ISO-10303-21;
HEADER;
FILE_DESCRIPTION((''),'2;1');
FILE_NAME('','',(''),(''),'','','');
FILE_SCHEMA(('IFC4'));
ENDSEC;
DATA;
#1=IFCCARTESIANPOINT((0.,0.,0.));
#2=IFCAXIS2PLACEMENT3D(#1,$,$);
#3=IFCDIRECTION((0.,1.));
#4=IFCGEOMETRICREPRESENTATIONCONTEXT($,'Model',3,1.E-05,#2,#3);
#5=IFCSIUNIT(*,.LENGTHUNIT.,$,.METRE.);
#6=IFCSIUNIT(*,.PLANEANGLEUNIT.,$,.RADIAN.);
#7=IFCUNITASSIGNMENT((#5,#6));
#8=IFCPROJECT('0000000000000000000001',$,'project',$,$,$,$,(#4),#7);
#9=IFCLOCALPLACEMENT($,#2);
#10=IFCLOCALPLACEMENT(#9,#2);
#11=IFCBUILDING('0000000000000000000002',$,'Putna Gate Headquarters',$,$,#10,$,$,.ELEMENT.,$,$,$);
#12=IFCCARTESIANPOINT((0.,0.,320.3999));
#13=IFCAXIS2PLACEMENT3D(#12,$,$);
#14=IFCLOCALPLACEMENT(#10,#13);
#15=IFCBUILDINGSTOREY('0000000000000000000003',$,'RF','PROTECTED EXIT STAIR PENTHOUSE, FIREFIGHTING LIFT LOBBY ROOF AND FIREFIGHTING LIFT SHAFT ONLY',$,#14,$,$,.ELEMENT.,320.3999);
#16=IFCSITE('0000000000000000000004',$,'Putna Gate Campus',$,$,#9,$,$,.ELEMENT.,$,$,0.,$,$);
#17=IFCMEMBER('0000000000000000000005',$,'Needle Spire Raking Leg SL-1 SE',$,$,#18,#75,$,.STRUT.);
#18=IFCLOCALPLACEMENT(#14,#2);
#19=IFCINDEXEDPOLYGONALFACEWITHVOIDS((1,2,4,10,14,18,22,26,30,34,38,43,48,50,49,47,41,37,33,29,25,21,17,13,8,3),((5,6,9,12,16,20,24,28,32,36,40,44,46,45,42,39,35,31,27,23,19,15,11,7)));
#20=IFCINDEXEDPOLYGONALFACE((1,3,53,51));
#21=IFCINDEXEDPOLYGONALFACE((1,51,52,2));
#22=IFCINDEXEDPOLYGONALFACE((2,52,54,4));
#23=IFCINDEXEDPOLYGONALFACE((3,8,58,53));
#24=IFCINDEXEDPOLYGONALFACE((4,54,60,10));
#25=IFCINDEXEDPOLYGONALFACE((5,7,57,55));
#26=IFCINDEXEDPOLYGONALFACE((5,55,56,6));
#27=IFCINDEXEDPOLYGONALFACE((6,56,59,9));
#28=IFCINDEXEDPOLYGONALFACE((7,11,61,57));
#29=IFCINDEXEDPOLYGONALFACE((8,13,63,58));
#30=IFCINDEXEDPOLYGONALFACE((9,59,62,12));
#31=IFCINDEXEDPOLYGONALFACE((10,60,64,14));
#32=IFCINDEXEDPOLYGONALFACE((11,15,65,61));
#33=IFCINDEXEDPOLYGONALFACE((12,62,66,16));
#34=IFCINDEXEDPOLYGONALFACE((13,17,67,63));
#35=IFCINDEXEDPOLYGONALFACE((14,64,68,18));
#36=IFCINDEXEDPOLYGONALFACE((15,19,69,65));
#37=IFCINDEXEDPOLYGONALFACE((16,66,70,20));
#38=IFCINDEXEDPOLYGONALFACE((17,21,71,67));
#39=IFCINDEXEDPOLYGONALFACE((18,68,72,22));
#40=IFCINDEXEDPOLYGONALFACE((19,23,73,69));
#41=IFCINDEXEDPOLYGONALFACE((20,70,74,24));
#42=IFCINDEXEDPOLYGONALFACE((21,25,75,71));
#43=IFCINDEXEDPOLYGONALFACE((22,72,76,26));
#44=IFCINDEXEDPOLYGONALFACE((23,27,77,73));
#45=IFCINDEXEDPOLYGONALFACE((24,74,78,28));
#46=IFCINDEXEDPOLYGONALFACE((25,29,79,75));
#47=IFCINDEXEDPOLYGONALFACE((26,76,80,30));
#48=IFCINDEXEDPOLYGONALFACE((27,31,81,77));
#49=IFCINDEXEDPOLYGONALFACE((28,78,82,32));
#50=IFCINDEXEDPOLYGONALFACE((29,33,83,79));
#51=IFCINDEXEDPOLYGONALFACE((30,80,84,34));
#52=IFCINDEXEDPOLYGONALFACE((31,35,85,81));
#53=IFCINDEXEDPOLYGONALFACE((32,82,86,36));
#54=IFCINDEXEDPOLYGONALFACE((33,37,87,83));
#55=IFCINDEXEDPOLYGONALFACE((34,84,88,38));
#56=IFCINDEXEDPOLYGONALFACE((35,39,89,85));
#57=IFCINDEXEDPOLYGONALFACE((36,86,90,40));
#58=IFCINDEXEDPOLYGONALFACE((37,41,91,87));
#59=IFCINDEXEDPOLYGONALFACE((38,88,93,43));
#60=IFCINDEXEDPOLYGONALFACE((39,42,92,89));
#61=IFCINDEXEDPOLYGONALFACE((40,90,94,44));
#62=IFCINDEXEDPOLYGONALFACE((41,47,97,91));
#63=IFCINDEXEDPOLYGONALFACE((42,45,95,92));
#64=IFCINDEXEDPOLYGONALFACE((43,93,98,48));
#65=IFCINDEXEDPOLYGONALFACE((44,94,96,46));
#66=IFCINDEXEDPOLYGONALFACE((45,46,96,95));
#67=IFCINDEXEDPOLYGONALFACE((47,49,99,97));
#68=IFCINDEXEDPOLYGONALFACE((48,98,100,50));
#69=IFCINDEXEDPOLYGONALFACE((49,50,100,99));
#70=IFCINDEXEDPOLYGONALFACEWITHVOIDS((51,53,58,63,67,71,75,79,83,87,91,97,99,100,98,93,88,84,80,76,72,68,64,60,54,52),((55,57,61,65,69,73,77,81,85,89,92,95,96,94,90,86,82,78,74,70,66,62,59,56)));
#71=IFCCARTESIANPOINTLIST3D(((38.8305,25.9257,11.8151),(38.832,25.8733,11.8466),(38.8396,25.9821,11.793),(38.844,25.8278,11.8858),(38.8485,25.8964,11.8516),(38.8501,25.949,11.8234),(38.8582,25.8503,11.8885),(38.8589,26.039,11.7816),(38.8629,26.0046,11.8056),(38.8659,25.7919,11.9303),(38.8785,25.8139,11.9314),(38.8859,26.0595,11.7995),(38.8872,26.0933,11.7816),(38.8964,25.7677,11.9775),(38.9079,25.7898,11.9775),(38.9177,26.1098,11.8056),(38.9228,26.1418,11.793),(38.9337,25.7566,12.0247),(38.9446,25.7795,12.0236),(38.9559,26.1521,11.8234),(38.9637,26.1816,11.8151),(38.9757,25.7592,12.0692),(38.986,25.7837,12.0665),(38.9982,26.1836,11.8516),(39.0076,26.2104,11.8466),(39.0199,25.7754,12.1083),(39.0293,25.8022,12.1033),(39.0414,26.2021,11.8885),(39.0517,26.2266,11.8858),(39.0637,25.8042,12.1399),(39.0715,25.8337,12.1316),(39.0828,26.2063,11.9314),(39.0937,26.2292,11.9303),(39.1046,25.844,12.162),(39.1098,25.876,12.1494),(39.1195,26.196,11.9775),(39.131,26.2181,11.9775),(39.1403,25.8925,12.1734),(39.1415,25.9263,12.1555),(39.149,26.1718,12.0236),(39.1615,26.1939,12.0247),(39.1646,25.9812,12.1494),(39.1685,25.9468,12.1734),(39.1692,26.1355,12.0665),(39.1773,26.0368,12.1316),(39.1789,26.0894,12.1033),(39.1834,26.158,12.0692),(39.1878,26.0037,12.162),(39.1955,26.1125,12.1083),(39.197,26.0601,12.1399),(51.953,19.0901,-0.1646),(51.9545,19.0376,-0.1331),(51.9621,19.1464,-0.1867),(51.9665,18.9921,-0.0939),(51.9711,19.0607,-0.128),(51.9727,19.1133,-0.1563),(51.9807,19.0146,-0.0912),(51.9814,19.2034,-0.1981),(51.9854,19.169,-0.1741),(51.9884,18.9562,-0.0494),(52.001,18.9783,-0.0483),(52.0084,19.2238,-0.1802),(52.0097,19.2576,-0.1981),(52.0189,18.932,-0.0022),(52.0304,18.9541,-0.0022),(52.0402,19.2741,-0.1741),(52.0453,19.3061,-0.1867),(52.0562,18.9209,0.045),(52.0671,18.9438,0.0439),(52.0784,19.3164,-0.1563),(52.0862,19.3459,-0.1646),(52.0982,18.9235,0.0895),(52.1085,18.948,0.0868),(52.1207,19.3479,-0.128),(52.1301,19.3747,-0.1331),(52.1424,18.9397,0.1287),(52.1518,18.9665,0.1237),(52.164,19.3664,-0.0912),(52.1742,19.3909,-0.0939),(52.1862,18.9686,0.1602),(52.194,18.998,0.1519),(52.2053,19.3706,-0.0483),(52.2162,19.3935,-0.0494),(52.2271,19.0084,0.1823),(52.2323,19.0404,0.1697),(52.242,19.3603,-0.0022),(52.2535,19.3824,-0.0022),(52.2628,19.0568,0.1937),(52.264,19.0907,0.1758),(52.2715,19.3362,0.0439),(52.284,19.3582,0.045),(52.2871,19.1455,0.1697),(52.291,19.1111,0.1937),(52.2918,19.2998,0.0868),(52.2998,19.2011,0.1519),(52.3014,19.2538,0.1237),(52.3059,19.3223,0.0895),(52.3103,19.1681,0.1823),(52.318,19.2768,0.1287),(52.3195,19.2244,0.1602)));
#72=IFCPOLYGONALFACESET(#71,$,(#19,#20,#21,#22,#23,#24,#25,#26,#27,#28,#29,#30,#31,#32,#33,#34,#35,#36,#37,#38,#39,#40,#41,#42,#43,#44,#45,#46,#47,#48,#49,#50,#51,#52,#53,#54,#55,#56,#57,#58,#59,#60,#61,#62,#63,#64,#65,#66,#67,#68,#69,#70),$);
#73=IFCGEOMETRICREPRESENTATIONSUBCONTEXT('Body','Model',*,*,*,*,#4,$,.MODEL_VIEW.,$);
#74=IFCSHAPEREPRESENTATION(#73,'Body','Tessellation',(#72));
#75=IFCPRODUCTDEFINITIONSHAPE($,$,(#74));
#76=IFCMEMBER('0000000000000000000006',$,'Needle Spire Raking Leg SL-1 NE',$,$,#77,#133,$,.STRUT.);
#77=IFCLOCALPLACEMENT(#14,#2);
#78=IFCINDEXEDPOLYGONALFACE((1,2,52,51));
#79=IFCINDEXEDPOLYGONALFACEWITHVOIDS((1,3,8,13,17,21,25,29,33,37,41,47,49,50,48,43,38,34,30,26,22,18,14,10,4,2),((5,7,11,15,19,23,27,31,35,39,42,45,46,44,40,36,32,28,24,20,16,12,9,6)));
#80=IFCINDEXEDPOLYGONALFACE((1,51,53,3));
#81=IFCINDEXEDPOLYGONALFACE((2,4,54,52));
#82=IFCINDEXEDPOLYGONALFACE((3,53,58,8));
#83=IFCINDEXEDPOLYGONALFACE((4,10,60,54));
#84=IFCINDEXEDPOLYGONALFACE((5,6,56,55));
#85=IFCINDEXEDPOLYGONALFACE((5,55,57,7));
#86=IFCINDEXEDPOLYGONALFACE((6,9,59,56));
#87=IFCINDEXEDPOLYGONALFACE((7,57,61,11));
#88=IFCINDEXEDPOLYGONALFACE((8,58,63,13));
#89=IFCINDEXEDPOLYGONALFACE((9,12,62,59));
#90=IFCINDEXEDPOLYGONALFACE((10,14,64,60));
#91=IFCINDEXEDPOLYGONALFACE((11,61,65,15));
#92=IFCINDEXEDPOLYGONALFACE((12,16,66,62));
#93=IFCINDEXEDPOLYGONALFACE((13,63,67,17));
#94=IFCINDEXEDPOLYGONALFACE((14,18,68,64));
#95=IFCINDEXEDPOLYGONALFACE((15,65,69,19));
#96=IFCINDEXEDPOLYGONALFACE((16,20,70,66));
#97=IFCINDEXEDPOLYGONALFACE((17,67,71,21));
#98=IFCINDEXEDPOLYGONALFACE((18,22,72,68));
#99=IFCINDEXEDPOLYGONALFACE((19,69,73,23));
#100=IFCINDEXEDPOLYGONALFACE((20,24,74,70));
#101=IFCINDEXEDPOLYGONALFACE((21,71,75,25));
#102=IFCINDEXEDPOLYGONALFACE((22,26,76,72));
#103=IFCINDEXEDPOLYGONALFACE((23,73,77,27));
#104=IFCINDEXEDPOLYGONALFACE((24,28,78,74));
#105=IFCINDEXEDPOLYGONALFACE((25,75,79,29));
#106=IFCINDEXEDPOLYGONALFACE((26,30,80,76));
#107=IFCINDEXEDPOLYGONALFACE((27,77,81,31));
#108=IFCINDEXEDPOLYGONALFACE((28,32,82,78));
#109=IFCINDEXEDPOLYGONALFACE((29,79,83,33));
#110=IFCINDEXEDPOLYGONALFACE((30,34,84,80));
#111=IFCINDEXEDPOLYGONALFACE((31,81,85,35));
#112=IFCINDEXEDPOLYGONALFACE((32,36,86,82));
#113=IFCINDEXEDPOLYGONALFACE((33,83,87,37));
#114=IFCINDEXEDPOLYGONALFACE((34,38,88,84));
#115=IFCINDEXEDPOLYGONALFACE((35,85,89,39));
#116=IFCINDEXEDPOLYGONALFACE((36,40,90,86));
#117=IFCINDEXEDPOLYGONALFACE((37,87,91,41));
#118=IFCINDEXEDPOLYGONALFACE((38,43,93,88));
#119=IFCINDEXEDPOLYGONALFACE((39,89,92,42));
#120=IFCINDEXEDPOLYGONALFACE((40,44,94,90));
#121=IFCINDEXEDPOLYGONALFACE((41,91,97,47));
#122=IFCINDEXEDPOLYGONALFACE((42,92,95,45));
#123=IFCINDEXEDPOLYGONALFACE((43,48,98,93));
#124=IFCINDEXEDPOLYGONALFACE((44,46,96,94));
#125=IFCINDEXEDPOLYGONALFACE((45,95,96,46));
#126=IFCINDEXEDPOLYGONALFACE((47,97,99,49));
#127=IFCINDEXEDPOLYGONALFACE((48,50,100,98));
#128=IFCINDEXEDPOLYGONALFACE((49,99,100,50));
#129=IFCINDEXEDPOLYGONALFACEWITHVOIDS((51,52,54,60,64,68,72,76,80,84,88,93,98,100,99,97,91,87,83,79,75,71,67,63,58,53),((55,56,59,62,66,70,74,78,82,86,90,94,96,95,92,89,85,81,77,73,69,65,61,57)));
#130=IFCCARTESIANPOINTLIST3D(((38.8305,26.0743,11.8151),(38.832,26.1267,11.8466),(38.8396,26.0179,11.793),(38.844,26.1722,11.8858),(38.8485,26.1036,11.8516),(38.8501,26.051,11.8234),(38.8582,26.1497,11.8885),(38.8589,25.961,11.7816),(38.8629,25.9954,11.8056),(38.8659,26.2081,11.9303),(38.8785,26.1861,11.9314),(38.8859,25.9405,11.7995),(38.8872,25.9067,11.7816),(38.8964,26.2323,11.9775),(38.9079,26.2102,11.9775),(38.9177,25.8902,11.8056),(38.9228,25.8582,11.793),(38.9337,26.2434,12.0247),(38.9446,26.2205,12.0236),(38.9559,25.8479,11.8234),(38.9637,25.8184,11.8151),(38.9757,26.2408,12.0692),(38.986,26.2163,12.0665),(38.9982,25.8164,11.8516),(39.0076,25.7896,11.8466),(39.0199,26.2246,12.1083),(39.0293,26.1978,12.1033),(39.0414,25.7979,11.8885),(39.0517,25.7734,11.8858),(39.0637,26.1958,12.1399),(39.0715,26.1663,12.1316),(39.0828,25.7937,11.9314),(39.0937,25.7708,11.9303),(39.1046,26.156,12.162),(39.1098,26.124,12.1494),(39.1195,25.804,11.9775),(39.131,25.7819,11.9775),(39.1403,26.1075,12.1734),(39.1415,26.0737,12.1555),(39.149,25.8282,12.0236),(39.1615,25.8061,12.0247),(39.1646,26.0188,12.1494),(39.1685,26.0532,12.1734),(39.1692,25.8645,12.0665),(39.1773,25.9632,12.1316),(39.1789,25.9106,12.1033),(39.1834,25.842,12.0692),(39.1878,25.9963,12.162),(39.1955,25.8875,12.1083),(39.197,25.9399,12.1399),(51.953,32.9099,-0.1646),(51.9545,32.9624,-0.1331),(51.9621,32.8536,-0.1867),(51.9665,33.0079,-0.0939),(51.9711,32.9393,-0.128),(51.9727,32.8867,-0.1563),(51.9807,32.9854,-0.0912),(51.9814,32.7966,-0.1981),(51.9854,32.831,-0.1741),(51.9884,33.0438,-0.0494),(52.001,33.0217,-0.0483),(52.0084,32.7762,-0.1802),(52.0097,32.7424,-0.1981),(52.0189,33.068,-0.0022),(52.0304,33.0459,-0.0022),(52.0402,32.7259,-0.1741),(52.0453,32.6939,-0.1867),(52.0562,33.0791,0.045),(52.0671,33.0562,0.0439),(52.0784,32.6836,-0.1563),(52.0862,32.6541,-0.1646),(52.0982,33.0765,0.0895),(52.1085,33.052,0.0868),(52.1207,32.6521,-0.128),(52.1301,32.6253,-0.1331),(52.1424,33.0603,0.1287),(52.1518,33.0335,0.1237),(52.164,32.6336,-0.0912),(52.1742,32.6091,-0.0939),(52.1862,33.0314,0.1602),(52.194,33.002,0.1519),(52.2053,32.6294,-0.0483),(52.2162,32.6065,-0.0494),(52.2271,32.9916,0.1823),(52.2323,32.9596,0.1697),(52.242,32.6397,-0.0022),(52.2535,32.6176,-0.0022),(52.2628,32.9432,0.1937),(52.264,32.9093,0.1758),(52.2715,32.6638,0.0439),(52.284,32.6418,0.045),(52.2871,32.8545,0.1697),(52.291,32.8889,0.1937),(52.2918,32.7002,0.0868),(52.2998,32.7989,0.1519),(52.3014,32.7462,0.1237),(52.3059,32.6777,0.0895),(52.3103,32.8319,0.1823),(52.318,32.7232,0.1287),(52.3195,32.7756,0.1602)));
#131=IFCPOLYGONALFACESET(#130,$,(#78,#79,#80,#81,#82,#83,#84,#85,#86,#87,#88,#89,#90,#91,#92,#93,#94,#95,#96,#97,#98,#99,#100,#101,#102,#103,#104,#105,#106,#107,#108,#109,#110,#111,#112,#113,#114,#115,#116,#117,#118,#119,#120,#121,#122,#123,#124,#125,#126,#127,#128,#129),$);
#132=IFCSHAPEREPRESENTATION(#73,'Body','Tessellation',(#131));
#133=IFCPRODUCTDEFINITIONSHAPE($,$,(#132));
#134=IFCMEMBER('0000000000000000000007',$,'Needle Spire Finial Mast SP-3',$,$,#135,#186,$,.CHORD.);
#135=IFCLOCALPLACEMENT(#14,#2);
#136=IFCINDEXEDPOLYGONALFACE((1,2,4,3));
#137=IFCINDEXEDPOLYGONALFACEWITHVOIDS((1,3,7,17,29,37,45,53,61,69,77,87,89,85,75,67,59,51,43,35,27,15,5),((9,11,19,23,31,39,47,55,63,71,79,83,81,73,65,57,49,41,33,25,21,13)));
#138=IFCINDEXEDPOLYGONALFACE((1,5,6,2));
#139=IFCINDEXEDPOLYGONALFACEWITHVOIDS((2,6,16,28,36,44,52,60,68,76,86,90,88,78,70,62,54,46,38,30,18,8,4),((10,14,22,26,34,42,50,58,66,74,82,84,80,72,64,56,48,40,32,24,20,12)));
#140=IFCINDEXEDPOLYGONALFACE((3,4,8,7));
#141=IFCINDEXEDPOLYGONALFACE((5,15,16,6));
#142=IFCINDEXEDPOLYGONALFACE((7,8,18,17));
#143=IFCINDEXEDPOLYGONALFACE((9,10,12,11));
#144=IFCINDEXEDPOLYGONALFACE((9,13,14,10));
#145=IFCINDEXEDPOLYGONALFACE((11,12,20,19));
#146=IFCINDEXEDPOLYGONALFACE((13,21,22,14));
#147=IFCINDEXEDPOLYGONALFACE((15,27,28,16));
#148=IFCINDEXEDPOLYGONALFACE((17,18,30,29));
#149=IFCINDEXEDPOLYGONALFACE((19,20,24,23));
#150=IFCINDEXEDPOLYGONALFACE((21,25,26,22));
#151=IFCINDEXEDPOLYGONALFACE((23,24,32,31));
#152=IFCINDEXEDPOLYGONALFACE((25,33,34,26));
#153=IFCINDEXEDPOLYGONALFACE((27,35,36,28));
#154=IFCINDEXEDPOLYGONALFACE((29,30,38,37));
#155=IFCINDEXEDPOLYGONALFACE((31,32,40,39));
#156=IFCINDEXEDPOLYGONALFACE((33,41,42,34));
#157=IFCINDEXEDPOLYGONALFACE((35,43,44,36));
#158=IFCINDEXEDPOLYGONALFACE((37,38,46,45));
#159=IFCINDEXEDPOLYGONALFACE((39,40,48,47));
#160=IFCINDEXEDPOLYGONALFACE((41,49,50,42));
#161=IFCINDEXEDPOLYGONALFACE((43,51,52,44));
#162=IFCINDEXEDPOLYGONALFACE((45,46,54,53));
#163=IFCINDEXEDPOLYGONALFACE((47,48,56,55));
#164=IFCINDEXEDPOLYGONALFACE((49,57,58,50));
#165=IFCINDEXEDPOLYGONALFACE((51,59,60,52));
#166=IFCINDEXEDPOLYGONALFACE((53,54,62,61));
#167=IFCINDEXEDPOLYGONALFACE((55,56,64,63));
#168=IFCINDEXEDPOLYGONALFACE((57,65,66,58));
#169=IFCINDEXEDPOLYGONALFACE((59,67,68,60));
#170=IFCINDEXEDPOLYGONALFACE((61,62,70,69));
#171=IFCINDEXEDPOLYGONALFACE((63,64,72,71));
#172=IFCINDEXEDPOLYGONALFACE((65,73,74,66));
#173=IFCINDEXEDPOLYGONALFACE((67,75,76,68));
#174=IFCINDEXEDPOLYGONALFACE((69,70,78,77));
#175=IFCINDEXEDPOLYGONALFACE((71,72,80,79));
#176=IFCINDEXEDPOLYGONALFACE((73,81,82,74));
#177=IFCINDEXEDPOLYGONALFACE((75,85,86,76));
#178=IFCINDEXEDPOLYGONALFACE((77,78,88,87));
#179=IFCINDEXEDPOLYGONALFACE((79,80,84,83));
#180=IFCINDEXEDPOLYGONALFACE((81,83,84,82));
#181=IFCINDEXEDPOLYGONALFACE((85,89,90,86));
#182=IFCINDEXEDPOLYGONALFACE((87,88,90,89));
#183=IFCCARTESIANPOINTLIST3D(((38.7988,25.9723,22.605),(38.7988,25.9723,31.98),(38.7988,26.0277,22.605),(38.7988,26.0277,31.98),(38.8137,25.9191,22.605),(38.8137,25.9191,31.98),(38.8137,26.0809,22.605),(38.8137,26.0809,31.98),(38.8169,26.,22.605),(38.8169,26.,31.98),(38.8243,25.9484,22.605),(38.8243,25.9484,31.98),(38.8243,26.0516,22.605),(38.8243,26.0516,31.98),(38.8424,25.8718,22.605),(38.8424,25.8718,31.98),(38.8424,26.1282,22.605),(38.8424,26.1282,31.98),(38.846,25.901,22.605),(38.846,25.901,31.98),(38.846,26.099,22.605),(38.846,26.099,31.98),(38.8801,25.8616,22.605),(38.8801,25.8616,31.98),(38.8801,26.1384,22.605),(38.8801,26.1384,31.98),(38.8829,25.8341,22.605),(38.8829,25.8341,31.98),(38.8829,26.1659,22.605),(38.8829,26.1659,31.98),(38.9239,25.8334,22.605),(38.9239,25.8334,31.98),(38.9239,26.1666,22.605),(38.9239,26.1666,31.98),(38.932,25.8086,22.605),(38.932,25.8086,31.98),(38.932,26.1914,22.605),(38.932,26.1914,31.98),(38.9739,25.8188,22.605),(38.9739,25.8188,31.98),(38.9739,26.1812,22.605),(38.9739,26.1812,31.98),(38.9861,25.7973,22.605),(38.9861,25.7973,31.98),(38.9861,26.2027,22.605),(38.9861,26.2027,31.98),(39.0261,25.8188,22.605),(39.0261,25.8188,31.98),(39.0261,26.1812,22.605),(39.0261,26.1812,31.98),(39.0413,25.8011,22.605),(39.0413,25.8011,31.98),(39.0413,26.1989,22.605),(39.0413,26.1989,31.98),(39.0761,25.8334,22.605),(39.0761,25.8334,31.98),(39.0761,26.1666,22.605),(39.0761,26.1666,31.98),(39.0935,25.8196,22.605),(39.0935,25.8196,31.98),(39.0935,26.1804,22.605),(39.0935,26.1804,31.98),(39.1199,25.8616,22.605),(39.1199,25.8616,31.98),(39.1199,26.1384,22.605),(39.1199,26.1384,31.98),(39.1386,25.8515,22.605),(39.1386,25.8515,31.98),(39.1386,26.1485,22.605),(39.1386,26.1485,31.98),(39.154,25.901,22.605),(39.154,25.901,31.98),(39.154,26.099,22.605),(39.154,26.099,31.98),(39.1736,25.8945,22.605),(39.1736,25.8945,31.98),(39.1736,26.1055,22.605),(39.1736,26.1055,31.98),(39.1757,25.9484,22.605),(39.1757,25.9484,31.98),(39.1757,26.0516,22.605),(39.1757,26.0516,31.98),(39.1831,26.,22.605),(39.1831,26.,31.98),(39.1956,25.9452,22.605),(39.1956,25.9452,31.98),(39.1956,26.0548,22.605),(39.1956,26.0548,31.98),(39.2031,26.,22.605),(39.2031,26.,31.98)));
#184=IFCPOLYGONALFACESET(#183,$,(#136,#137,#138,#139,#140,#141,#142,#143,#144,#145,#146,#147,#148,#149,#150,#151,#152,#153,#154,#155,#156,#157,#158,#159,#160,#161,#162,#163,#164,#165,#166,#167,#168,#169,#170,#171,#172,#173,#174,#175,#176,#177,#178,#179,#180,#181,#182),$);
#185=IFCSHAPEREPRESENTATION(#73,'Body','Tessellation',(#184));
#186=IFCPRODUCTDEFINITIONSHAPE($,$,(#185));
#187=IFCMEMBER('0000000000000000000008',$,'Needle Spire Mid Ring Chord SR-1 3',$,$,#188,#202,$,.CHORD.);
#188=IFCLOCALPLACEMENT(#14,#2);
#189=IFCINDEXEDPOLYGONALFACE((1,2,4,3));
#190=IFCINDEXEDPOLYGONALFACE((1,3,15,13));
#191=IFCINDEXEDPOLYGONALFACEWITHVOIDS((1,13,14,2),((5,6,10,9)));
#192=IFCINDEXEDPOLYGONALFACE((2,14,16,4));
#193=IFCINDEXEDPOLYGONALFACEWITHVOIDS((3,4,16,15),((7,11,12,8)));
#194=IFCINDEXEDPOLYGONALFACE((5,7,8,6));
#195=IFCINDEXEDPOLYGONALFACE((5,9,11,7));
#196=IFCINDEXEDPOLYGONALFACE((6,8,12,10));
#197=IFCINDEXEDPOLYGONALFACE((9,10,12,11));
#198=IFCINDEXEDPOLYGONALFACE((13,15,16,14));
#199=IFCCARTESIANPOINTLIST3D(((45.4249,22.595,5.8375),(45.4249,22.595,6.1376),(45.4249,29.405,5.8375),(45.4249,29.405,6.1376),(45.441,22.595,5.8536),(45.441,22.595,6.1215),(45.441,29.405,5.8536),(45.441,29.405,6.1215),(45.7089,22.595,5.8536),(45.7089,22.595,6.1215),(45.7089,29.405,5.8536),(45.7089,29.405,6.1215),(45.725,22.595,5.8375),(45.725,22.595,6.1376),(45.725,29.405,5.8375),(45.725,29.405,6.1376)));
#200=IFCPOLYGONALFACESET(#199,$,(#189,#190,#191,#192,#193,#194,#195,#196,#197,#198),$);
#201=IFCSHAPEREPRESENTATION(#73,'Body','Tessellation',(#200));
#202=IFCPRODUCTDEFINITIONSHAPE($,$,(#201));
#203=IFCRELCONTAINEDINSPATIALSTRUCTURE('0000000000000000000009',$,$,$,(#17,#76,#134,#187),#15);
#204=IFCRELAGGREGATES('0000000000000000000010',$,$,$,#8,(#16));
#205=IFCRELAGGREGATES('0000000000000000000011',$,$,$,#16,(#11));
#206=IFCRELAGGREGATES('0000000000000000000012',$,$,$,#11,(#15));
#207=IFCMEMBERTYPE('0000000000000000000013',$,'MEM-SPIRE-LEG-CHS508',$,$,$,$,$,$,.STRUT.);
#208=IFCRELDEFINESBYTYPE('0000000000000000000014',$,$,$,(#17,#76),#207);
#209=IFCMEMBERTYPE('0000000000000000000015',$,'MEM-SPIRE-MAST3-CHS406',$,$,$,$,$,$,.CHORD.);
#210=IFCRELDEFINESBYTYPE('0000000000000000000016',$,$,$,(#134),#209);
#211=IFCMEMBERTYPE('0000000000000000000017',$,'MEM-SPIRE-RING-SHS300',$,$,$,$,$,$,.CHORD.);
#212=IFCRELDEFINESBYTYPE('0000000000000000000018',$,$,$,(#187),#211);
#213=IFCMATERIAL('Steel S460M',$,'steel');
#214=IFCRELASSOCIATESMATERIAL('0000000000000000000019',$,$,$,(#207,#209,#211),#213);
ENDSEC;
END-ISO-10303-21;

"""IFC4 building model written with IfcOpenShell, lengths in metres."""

from ifc_helpers import new_model, si_unit, direction, frame, origin, origin_2d, place, context, subcontext, project, spatial, hollow_rectangle, hollow_circle, extrude, material, material_profile, profile_set, type_object, element, save


model = new_model("IFC4")

# Units and contexts
model_context = context("Model", 3, precision=1e-05, world=origin(), true_north=direction((0.0, 1.0)))
body_context = subcontext(model_context, "Body", "Model", "MODEL_VIEW")
ifc_project = project(units=[si_unit("LENGTHUNIT", "METRE"), si_unit("PLANEANGLEUNIT", "RADIAN")], contexts=[model_context])

# Site, building, storey
site_placement = place(None, origin())
site = spatial("IfcSite", under=ifc_project, at=site_placement, Name="Putna Gate Campus", CompositionType="ELEMENT", RefElevation=0.0)
building_placement = place(site_placement, origin())
building = spatial("IfcBuilding", under=site, at=building_placement, Name="Putna Gate Headquarters", CompositionType="ELEMENT")
storey_placement = place(building_placement, frame((0.0, 0.0, 320.3999)))
storey = spatial("IfcBuildingStorey", under=building, at=storey_placement, Name="RF", Description="PROTECTED EXIT STAIR PENTHOUSE, FIREFIGHTING LIFT LOBBY ROOF AND FIREFIGHTING LIFT SHAFT ONLY", CompositionType="ELEMENT", Elevation=320.3999)

# Shared definitions
ifc_material_1 = material(Name="Steel S460M", Category="steel")

# Members
ifc_material_profile_1 = material_profile(ifc_material_1, hollow_circle(Radius=0.2539, WallThickness=0.0249, at=origin_2d()), Name="Steel S460M")
ifc_profile_set_1 = profile_set([ifc_material_profile_1], Name="Steel S460M")
member_type_1 = type_object("IfcMemberType", Name="MEM-SPIRE-LEG-CHS508", PredefinedType="STRUT", material=ifc_profile_set_1)
for number, where, z_axis, x_axis, name in (
    (1, (52.1362, 19.1572, -0.0022), (-0.689285, 0.359057, 0.629257), (-0.461989, -0.886886, 0.0), "Needle Spire Raking Leg SL-1 SE"),
    (2, (52.1362, 32.8428, -0.0022), (-0.689285, -0.359057, 0.629257), (0.461989, -0.886886, 0.0), "Needle Spire Raking Leg SL-1 NE"),
):
    element("IfcMember", number, at=place(storey_placement, frame(where, z_axis=z_axis, x_axis=x_axis)), inside=storey, type_object=member_type_1, Name=name, PredefinedType="STRUT", context=body_context, shape_type="SweptSolid", body=[
        extrude(hollow_circle(Radius=0.2539, WallThickness=0.0249, at=origin_2d()), origin(), (0.0, 0.0, 1.0), 19.0378),
    ])
ifc_material_profile_2 = material_profile(ifc_material_1, hollow_circle(Radius=0.2031, WallThickness=0.02, at=origin_2d()), Name="Steel S460M")
ifc_profile_set_2 = profile_set([ifc_material_profile_2], Name="Steel S460M")
member_type_2 = type_object("IfcMemberType", Name="MEM-SPIRE-MAST3-CHS406", PredefinedType="CHORD", material=ifc_profile_set_2)
member_1_placement = place(storey_placement, frame((39.0, 26.0, 22.605), z_axis=(0.0, 0.0, 1.0), x_axis=(1.0, 0.0, 0.0)))
element("IfcMember", 3, at=member_1_placement, inside=storey, type_object=member_type_2, Name="Needle Spire Finial Mast SP-3", PredefinedType="CHORD", context=body_context, shape_type="SweptSolid", body=[
    extrude(hollow_circle(Radius=0.2031, WallThickness=0.02, at=origin_2d()), origin(), (0.0, 0.0, 1.0), 9.375),
])
ifc_material_profile_3 = material_profile(ifc_material_1, hollow_rectangle(XDim=0.3, YDim=0.3, WallThickness=0.0161, at=origin_2d()), Name="Steel S460M")
ifc_profile_set_3 = profile_set([ifc_material_profile_3], Name="Steel S460M")
member_type_3 = type_object("IfcMemberType", Name="MEM-SPIRE-RING-SHS300", PredefinedType="CHORD", material=ifc_profile_set_3)
member_2_placement = place(storey_placement, frame((45.575, 29.405, 5.9875), z_axis=(0.0, -1.0, 0.0), x_axis=(1.0, 0.0, 0.0)))
element("IfcMember", 4, at=member_2_placement, inside=storey, type_object=member_type_3, Name="Needle Spire Mid Ring Chord SR-1 3", PredefinedType="CHORD", context=body_context, shape_type="SweptSolid", body=[
    extrude(hollow_rectangle(XDim=0.3, YDim=0.3, WallThickness=0.0161, at=origin_2d()), origin(), (0.0, 0.0, 1.0), 6.8101),
])

save(model, "model.ifc")
